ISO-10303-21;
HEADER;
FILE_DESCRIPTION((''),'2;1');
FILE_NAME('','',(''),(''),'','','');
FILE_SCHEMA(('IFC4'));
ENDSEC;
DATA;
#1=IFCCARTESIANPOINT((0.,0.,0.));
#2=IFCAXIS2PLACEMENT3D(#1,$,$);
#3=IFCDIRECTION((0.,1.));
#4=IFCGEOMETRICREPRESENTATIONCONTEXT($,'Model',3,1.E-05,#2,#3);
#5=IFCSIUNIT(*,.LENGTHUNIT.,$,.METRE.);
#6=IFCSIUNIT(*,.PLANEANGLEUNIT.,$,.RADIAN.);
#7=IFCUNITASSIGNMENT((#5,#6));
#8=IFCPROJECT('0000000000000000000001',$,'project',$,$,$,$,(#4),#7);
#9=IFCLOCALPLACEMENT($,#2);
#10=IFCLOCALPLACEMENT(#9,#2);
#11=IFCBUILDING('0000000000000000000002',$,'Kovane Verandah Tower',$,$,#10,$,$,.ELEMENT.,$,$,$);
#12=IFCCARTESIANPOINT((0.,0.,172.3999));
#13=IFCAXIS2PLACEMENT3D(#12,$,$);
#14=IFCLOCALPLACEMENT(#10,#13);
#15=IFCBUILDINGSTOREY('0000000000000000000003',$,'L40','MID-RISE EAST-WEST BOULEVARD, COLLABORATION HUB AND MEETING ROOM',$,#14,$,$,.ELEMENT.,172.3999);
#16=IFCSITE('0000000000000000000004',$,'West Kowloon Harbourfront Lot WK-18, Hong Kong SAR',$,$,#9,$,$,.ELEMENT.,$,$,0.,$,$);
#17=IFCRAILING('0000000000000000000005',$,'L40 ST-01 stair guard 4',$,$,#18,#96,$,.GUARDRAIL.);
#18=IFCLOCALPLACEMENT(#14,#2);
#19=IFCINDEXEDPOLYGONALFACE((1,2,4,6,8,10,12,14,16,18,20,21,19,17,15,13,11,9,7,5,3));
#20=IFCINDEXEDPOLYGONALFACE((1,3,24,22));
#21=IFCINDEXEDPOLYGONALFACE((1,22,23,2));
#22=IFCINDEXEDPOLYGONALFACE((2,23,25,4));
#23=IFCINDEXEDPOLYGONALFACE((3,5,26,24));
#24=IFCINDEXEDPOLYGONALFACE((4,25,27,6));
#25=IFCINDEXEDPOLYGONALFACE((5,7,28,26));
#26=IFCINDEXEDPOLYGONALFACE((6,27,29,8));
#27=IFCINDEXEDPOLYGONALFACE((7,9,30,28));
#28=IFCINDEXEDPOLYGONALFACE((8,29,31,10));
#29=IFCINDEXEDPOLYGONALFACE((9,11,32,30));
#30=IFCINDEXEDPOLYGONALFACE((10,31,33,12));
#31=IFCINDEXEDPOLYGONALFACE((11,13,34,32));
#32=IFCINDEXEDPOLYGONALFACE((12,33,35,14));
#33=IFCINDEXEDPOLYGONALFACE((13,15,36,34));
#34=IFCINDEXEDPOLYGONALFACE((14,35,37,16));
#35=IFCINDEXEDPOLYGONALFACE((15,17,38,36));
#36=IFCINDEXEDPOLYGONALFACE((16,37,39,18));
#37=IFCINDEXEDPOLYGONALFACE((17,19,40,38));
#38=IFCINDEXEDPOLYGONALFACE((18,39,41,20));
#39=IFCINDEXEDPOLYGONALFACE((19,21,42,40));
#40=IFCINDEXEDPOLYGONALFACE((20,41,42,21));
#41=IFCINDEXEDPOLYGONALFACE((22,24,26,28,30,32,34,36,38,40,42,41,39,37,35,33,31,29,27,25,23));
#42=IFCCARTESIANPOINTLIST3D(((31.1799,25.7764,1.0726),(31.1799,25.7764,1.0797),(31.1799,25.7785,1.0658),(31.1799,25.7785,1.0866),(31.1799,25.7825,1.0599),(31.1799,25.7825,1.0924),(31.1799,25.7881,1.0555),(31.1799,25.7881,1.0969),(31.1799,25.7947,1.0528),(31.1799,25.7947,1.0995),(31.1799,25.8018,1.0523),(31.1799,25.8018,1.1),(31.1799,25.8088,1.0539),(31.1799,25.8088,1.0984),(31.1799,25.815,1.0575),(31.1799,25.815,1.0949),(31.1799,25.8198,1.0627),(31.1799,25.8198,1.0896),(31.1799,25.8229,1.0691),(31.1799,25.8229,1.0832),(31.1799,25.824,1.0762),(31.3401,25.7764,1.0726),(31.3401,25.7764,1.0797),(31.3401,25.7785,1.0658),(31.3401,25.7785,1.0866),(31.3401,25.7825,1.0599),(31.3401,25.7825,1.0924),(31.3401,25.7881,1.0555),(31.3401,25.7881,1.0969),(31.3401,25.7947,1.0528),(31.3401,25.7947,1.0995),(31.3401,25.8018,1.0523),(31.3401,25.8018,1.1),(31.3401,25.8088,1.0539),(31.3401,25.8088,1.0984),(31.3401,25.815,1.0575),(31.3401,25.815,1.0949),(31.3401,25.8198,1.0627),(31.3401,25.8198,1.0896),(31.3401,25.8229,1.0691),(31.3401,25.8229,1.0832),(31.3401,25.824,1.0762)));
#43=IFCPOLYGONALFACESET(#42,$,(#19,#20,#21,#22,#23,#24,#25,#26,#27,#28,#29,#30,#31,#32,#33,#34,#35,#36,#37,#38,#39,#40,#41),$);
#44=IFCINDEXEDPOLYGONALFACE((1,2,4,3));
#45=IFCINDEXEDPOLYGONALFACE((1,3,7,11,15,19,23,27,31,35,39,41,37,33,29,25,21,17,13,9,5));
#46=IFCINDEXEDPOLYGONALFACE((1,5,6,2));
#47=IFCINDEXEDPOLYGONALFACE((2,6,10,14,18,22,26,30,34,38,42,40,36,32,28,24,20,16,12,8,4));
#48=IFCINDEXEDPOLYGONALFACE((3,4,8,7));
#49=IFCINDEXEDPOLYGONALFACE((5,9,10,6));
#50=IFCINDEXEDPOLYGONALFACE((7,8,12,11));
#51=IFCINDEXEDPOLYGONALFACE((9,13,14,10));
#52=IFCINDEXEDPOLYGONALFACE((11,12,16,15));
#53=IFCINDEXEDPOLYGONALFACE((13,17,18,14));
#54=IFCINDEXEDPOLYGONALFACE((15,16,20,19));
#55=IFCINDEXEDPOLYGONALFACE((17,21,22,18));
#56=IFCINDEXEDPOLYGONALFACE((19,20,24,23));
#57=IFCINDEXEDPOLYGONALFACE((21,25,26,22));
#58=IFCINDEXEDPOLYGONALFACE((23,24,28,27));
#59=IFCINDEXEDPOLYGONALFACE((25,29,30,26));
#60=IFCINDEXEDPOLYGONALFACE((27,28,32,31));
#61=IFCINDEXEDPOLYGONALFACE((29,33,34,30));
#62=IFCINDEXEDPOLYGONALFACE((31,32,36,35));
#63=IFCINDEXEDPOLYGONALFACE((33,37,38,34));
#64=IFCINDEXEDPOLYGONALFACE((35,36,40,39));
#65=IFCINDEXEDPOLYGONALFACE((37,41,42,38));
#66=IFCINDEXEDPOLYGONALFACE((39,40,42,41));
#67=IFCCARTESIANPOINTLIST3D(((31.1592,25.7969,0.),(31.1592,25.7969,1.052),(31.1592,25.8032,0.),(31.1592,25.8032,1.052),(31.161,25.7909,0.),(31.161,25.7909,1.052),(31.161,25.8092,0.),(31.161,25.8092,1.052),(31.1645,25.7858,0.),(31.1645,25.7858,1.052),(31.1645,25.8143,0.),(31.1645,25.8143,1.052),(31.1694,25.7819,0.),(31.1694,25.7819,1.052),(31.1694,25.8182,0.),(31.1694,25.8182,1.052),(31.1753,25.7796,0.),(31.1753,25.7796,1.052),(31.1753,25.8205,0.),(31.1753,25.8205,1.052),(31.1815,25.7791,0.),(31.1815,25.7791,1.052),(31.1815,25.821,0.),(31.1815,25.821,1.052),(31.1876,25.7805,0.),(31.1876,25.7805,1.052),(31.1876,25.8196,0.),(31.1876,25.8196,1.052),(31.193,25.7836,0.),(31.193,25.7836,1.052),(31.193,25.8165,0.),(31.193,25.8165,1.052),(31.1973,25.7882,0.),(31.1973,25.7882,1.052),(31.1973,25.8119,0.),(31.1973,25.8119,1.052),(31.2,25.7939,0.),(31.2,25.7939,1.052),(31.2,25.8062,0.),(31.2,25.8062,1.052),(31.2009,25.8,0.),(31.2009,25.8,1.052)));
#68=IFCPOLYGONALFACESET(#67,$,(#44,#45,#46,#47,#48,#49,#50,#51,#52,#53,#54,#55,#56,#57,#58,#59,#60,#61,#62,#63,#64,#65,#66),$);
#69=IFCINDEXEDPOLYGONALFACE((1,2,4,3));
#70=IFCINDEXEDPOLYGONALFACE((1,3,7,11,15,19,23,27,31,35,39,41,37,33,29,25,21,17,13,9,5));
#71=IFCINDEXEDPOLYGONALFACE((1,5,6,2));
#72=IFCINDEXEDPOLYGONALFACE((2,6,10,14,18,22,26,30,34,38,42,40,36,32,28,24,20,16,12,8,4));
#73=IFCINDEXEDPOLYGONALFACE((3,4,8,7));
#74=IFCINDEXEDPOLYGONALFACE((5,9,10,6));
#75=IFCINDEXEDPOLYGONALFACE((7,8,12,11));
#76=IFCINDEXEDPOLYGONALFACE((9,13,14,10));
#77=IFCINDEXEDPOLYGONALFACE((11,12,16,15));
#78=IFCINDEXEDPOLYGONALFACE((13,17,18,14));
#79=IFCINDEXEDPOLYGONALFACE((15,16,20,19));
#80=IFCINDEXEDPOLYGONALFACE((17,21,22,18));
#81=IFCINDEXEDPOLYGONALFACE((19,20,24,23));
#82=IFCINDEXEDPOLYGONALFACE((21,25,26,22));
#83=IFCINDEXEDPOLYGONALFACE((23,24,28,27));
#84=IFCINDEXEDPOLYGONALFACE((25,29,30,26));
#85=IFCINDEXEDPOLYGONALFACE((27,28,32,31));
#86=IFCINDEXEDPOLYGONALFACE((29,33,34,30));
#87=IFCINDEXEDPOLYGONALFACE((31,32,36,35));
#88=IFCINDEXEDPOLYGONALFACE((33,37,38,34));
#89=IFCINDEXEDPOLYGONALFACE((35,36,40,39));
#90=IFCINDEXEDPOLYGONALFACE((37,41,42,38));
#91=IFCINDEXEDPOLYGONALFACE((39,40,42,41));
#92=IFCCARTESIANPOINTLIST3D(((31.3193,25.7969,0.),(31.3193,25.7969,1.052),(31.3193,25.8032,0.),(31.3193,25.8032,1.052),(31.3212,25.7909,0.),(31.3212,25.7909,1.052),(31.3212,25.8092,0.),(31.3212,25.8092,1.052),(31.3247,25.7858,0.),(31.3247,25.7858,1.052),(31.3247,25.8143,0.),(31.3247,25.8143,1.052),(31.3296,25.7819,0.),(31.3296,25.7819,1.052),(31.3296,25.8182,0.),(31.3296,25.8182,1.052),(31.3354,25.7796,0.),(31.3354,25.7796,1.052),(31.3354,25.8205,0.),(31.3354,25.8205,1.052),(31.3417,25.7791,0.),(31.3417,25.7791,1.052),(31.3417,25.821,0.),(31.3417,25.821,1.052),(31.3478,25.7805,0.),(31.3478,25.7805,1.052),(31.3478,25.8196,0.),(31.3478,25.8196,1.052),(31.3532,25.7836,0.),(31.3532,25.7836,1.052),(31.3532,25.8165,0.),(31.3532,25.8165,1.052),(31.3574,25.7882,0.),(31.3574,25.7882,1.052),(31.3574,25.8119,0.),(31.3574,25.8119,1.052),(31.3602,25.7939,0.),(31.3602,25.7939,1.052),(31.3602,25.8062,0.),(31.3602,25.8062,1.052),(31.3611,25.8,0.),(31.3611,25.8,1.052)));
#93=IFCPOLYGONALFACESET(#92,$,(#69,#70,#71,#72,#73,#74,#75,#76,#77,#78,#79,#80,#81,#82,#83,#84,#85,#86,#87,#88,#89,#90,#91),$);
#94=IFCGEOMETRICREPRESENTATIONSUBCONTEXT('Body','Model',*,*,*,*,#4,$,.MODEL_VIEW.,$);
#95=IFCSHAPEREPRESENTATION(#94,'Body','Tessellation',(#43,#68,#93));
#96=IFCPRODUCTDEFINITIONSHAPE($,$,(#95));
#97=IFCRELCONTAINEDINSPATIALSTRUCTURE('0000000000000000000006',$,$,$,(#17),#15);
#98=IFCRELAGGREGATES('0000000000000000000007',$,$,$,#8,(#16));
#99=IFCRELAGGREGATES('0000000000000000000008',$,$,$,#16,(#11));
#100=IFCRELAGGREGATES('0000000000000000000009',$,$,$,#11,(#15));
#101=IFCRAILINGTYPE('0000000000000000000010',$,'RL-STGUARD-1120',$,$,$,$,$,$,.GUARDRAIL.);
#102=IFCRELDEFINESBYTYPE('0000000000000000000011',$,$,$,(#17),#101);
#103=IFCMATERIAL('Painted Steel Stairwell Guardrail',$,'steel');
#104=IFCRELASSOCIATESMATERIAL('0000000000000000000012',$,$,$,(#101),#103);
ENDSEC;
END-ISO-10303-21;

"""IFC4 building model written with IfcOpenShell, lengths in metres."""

from ifc_helpers import new_model, si_unit, direction, frame, origin, origin_2d, place, context, subcontext, project, spatial, circle, extrude, material, type_object, element, save


model = new_model("IFC4")

# Units and contexts
model_context = context("Model", 3, precision=1e-05, world=origin(), true_north=direction((0.0, 1.0)))
body_context = subcontext(model_context, "Body", "Model", "MODEL_VIEW")
ifc_project = project(units=[si_unit("LENGTHUNIT", "METRE"), si_unit("PLANEANGLEUNIT", "RADIAN")], contexts=[model_context])

# Site, building, storey
site_placement = place(None, origin())
site = spatial("IfcSite", under=ifc_project, at=site_placement, Name="West Kowloon Harbourfront Lot WK-18, Hong Kong SAR", CompositionType="ELEMENT", RefElevation=0.0)
building_placement = place(site_placement, origin())
building = spatial("IfcBuilding", under=site, at=building_placement, Name="Kovane Verandah Tower", CompositionType="ELEMENT")
storey_placement = place(building_placement, frame((0.0, 0.0, 172.3999)))
storey = spatial("IfcBuildingStorey", under=building, at=storey_placement, Name="L40", Description="MID-RISE EAST-WEST BOULEVARD, COLLABORATION HUB AND MEETING ROOM", CompositionType="ELEMENT", Elevation=172.3999)

# Railing
ifc_material_1 = material(Name="Painted Steel Stairwell Guardrail", Category="steel")
railing_type_1 = type_object("IfcRailingType", Name="RL-STGUARD-1120", PredefinedType="GUARDRAIL", material=ifc_material_1)
railing_1_placement = place(storey_placement, frame((31.1799, 25.8, 0.0)))
element("IfcRailing", 1, at=railing_1_placement, inside=storey, type_object=railing_type_1, Name="L40 ST-01 stair guard 4", PredefinedType="GUARDRAIL", context=body_context, shape_type="SweptSolid", body=[
    extrude(circle(Radius=0.0239, at=origin_2d()), frame((0.0, 0.0, 1.0762), z_axis=(1.0, 0.0, 0.0), x_axis=(0.0, 1.0, 0.0)), (0.0, 0.0, 1.0), 0.1602),
    extrude(circle(Radius=0.021, at=origin_2d()), origin(), (0.0, 0.0, 1.0), 1.052),
    extrude(circle(Radius=0.021, at=origin_2d()), frame((0.1602, 0.0, 0.0)), (0.0, 0.0, 1.0), 1.052),
])

save(model, "model.ifc")
